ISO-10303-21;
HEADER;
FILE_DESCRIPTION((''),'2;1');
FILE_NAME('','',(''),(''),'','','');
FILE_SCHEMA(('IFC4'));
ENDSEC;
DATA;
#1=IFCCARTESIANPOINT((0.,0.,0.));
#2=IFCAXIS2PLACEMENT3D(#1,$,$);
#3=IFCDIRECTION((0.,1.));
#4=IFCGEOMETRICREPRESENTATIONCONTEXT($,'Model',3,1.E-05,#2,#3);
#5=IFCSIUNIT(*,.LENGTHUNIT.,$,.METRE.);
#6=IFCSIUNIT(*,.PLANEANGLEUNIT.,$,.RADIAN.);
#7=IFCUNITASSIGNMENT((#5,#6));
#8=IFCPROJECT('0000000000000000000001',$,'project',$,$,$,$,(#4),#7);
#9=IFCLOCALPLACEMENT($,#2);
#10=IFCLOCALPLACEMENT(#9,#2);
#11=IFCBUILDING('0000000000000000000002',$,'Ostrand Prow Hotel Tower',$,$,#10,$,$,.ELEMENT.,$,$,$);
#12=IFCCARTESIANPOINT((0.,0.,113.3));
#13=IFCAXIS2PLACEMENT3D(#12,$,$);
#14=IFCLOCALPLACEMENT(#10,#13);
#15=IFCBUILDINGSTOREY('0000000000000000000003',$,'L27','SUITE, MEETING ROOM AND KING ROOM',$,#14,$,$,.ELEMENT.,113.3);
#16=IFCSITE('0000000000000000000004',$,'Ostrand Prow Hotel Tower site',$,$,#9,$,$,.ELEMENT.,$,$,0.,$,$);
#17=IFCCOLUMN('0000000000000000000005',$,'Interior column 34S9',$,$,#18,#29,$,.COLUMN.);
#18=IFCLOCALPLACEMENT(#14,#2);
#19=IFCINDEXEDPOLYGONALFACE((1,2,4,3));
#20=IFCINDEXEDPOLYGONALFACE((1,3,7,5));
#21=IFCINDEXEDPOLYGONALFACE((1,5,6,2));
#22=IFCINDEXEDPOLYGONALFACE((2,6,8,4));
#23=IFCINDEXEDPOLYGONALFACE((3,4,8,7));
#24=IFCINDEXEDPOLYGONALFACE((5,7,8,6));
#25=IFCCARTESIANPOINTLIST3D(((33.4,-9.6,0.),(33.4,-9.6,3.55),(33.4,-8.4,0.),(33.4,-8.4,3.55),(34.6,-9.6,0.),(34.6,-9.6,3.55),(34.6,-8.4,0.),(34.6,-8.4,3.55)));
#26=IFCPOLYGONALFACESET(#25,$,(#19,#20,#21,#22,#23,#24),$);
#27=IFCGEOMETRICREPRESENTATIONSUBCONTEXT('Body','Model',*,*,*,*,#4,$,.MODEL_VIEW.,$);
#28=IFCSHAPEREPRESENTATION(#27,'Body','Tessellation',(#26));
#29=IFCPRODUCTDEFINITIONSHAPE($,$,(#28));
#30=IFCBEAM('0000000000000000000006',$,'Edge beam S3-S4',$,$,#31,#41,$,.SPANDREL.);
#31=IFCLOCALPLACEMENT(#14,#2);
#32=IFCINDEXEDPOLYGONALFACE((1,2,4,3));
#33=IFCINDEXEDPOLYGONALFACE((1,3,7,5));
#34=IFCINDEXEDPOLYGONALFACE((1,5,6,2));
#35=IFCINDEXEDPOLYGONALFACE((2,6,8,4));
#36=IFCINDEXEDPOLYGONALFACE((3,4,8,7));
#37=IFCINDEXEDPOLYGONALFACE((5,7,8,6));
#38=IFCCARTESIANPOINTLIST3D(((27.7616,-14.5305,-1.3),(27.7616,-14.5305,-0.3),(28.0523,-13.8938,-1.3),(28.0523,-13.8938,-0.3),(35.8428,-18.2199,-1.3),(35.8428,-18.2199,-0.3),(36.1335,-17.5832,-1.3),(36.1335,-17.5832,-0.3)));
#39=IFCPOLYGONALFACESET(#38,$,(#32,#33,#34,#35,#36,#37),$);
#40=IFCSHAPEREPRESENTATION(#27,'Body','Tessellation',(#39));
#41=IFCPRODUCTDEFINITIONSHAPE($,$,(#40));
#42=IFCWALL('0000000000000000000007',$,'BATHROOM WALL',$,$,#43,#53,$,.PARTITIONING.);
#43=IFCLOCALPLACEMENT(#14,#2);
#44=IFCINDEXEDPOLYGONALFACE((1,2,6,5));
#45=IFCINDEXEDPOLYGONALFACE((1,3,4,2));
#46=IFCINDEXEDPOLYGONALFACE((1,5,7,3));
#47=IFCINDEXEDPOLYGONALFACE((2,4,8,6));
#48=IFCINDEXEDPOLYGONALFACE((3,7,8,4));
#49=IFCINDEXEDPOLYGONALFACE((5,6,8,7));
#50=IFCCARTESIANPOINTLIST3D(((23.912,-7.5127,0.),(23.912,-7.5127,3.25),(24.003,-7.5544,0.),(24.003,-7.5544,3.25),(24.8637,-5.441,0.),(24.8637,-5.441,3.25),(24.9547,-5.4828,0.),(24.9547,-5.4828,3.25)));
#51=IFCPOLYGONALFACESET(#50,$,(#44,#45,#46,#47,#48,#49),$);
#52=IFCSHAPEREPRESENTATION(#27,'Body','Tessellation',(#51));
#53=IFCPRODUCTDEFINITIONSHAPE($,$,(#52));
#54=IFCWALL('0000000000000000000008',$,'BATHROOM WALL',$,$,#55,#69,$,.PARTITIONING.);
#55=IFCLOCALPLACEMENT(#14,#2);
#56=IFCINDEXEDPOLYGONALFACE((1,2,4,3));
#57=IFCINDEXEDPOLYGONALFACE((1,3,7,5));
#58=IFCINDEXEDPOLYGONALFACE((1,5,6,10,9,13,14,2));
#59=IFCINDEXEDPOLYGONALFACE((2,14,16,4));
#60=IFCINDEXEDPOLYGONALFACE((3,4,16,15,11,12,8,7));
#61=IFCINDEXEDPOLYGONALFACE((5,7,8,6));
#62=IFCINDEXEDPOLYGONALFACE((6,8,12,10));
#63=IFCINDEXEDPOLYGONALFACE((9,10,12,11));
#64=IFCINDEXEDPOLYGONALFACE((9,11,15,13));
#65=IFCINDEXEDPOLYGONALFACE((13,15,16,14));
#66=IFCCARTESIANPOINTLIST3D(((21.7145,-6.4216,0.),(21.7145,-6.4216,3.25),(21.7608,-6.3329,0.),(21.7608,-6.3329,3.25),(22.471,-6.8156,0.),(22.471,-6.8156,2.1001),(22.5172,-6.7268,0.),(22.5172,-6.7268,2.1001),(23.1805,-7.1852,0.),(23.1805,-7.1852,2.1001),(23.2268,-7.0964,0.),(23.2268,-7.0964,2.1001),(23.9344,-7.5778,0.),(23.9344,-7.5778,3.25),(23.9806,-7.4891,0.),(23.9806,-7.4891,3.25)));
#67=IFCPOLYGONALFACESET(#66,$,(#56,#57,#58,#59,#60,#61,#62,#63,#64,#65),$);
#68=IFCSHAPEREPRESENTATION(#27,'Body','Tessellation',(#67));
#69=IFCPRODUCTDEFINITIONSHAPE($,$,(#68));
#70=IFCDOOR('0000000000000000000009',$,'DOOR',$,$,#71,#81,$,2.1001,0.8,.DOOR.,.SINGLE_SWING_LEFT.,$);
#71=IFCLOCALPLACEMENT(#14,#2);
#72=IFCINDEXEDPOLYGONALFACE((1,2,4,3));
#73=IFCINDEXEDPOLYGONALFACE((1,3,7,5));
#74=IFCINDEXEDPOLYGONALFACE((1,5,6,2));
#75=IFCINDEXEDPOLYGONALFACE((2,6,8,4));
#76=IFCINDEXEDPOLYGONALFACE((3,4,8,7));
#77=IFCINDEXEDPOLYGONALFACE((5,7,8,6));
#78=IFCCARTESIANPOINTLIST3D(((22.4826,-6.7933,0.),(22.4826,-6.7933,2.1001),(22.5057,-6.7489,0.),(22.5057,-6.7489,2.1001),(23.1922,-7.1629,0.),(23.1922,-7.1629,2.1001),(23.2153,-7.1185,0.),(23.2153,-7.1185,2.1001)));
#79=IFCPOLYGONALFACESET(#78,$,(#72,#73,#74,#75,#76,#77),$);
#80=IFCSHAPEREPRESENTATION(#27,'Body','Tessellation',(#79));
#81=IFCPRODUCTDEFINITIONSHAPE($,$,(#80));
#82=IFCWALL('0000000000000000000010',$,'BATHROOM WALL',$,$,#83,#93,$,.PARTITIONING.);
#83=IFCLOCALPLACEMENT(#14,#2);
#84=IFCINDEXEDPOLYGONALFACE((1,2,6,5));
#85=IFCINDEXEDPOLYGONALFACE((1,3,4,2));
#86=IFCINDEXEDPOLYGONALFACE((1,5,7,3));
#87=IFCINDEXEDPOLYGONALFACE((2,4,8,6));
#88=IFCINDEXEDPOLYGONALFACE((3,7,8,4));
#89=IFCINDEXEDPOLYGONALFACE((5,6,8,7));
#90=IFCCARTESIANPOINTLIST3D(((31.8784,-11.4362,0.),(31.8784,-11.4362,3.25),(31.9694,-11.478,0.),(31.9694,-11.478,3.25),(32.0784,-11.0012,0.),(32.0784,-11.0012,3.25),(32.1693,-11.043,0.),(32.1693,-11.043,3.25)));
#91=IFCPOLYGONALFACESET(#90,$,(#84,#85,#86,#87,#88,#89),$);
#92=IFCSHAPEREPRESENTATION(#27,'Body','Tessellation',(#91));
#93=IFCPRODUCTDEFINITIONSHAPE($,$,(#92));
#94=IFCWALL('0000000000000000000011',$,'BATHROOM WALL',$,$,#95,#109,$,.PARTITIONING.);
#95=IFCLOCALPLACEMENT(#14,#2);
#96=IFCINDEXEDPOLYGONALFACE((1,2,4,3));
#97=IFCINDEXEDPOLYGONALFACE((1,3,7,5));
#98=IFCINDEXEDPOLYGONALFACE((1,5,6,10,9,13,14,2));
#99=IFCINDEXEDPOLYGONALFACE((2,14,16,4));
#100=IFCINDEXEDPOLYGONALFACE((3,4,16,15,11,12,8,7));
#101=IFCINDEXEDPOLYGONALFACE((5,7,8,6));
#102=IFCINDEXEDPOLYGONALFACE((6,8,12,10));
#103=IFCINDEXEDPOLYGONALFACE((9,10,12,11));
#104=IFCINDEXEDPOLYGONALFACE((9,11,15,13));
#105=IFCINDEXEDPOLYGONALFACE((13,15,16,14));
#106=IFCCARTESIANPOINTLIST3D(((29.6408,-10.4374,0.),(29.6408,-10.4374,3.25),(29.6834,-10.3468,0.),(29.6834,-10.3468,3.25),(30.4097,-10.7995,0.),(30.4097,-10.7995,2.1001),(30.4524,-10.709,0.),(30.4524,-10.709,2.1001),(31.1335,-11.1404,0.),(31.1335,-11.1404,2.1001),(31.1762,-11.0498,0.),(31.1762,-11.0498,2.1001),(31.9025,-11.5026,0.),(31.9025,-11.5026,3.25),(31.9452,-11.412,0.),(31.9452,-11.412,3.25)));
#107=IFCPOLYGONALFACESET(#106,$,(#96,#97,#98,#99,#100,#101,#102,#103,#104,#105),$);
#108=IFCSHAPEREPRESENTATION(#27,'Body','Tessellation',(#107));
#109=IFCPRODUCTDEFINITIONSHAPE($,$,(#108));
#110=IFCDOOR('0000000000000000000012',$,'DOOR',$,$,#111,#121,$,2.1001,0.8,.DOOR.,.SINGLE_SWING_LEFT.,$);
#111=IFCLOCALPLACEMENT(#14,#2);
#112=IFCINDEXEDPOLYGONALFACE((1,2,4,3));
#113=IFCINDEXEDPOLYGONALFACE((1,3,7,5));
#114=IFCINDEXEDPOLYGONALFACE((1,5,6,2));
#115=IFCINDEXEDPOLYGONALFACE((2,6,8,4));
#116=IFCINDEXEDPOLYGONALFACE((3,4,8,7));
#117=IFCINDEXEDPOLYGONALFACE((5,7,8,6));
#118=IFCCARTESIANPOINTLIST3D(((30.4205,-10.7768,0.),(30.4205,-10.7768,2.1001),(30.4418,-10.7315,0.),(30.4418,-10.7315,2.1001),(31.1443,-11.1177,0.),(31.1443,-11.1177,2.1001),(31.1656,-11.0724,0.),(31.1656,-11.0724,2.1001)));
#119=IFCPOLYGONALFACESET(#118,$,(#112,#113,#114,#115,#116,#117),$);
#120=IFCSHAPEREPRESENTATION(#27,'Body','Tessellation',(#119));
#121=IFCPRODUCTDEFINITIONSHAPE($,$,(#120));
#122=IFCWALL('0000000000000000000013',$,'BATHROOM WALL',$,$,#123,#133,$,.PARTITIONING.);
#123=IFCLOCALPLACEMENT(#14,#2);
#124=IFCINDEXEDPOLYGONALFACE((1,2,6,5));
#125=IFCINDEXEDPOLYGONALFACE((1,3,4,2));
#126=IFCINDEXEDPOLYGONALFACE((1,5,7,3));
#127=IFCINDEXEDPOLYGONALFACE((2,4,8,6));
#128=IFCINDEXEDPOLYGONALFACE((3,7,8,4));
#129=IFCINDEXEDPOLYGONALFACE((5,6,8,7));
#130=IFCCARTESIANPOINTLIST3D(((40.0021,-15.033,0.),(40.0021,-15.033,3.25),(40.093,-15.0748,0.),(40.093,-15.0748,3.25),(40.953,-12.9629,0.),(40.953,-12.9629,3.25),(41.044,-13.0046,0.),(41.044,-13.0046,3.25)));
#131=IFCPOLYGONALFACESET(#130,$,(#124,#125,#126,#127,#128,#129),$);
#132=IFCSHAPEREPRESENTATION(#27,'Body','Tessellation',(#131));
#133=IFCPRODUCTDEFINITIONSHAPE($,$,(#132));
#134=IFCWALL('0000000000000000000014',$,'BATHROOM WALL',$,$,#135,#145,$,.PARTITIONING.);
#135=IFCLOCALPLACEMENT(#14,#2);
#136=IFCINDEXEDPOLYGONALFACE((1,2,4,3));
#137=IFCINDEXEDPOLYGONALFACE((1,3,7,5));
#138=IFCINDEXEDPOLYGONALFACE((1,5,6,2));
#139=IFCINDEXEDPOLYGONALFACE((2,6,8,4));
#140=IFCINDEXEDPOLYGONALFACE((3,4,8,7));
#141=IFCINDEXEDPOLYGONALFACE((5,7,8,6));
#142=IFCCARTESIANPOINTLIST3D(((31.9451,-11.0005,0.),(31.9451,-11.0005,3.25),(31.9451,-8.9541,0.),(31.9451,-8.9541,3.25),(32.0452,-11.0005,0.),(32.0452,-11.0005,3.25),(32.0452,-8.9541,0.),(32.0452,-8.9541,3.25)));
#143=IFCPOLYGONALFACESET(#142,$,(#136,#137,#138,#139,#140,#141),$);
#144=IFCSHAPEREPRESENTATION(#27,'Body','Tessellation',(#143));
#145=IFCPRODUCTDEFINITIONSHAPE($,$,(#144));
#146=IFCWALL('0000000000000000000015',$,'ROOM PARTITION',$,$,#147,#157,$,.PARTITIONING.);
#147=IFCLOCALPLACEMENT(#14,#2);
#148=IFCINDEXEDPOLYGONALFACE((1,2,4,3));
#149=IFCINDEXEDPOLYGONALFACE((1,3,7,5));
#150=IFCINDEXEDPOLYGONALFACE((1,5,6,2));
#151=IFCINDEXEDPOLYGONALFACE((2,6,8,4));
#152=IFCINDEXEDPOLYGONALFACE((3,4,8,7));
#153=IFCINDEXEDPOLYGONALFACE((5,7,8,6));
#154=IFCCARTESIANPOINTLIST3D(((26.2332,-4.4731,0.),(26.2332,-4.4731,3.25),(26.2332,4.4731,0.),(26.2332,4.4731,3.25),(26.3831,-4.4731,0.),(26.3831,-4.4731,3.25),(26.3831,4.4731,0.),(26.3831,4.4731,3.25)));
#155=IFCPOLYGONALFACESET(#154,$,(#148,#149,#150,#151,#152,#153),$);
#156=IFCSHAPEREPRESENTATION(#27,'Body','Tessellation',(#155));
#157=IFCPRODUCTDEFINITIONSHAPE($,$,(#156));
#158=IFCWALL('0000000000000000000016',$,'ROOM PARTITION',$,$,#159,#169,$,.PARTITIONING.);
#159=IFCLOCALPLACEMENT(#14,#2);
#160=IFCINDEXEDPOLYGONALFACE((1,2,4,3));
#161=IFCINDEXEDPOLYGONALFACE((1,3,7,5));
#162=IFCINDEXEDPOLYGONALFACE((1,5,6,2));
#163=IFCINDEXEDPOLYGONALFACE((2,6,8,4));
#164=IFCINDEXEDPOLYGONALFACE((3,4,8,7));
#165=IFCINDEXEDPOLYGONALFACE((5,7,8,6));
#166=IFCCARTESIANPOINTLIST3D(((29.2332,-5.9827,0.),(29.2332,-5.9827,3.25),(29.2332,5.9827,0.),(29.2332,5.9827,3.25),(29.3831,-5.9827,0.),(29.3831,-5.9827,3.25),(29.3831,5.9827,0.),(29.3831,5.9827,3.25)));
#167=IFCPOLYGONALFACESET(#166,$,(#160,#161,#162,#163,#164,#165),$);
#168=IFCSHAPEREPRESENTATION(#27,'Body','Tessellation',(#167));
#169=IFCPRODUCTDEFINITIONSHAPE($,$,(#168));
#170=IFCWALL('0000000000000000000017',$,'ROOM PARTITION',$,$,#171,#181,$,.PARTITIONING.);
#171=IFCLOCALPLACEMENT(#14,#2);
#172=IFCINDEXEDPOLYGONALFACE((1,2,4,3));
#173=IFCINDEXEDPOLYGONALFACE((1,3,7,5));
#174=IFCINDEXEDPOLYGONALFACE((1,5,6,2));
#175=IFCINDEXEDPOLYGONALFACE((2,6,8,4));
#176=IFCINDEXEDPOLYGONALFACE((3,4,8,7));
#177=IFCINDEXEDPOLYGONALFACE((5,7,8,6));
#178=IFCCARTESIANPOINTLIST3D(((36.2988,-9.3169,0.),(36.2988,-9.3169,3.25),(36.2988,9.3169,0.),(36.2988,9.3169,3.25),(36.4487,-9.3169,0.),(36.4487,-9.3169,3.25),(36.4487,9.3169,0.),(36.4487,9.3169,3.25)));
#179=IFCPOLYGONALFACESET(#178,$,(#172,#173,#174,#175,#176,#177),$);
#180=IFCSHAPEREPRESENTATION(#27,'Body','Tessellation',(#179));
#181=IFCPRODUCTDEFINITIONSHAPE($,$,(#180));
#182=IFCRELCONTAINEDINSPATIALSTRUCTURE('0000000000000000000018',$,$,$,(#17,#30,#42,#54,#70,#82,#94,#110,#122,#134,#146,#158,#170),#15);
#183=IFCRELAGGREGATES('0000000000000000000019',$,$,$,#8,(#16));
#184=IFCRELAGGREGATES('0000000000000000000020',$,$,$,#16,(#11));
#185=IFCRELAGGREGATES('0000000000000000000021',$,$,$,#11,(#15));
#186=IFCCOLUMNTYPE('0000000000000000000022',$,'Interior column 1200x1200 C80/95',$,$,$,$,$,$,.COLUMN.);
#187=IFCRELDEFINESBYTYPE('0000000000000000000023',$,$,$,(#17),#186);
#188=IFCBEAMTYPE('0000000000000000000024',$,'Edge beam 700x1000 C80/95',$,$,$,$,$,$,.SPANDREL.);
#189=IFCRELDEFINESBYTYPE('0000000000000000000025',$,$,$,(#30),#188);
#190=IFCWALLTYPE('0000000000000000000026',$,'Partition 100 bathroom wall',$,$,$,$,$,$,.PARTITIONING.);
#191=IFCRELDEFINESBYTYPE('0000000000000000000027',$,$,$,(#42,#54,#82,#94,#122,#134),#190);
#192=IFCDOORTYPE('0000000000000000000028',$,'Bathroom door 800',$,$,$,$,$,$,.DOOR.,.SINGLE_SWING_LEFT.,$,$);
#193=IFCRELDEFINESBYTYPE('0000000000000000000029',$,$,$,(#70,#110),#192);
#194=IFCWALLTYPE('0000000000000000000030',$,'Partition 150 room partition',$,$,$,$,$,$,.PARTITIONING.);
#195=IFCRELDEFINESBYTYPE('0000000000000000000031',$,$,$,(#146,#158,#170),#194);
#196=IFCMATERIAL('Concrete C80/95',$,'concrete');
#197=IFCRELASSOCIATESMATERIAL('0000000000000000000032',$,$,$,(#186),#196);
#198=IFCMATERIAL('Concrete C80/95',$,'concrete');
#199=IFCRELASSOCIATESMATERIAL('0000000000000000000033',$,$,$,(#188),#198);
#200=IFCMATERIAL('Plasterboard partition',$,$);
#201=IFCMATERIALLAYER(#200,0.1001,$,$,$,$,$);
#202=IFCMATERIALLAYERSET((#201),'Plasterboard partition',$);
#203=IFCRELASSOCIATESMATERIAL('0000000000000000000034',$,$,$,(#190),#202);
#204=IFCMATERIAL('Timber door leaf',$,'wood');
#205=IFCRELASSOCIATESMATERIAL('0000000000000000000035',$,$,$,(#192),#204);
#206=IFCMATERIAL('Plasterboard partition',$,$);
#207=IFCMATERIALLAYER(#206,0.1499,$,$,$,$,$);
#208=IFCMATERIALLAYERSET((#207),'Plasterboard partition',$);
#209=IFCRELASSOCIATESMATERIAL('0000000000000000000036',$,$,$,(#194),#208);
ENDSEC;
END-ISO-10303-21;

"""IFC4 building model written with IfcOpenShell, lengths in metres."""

from ifc_helpers import new_model, si_unit, direction, frame, frame_2d, origin, origin_2d, place, context, subcontext, project, spatial, rectangle, extrude, material, layer, layer_set, material_profile, profile_set, type_object, element, fill, save


model = new_model("IFC4")

# Units and contexts
model_context = context("Model", 3, precision=1e-05, world=origin(), true_north=direction((0.0, 1.0)))
body_context = subcontext(model_context, "Body", "Model", "MODEL_VIEW")
ifc_project = project(units=[si_unit("LENGTHUNIT", "METRE"), si_unit("PLANEANGLEUNIT", "RADIAN")], contexts=[model_context])

# Site, building, storey
site_placement = place(None, origin())
site = spatial("IfcSite", under=ifc_project, at=site_placement, Name="Ostrand Prow Hotel Tower site", CompositionType="ELEMENT", RefElevation=0.0)
building_placement = place(site_placement, origin())
building = spatial("IfcBuilding", under=site, at=building_placement, Name="Ostrand Prow Hotel Tower", CompositionType="ELEMENT")
storey_placement = place(building_placement, frame((0.0, 0.0, 113.3)))
storey = spatial("IfcBuildingStorey", under=building, at=storey_placement, Name="L27", Description="SUITE, MEETING ROOM AND KING ROOM", CompositionType="ELEMENT", Elevation=113.3)

# Column
ifc_material_1 = material(Name="Concrete C80/95", Category="concrete")
ifc_material_profile_1 = material_profile(ifc_material_1, rectangle(XDim=1.2, YDim=1.2, at=origin_2d()), Name="RC 1200x1200")
ifc_profile_set_1 = profile_set([ifc_material_profile_1], Name="Concrete C80/95")
column_type = type_object("IfcColumnType", Name="Interior column 1200x1200 C80/95", PredefinedType="COLUMN", material=ifc_profile_set_1)
column_placement = place(storey_placement, frame((34.0, -9.0, 0.0), z_axis=(0.0, 0.0, 1.0), x_axis=(1.0, 0.0, 0.0)))
element("IfcColumn", 1, at=column_placement, inside=storey, type_object=column_type, Name="Interior column 34S9", PredefinedType="COLUMN", context=body_context, shape_type="SweptSolid", body=[
    extrude(rectangle(XDim=1.2, YDim=1.2, at=origin_2d()), origin(), (0.0, 0.0, 1.0), 3.55),
])

# Beam
ifc_material_2 = material(Name="Concrete C80/95", Category="concrete")
ifc_material_profile_2 = material_profile(ifc_material_2, rectangle(XDim=0.7, YDim=1.0, at=origin_2d()), Name="RC 700x1000")
ifc_profile_set_2 = profile_set([ifc_material_profile_2], Name="Concrete C80/95")
beam_type = type_object("IfcBeamType", Name="Edge beam 700x1000 C80/95", PredefinedType="SPANDREL", material=ifc_profile_set_2)
beam_placement = place(storey_placement, frame((27.907, -14.2122, -0.8), z_axis=(0.909681, -0.415308, 0.0), x_axis=(0.415308, 0.909681, 0.0)))
element("IfcBeam", 2, at=beam_placement, inside=storey, type_object=beam_type, Name="Edge beam S3-S4", PredefinedType="SPANDREL", context=body_context, shape_type="SweptSolid", body=[
    extrude(rectangle(XDim=0.7, YDim=1.0, at=origin_2d()), origin(), (0.0, 0.0, 1.0), 8.8835),
])

# Wall
ifc_material_3 = material(Name="Plasterboard partition")
ifc_layer_1 = layer(ifc_material_3, 0.1001)
ifc_layer_set_1 = layer_set([ifc_layer_1], Name="Plasterboard partition")
wall_type_1 = type_object("IfcWallType", Name="Partition 100 bathroom wall", PredefinedType="PARTITIONING", material=ifc_layer_set_1)
wall_1_placement = place(storey_placement, frame((24.9092, -5.4619, 0.0), z_axis=(0.0, 0.0, 1.0), x_axis=(-0.417455, -0.908698, 0.0)))
element("IfcWall", 3, at=wall_1_placement, inside=storey, type_object=wall_type_1, Name="BATHROOM WALL", PredefinedType="PARTITIONING", context=body_context, shape_type="SweptSolid", body=[
    extrude(rectangle(XDim=2.2798, YDim=0.1001, at=frame_2d((1.1399, 0.0))), origin(), (0.0, 0.0, 1.0), 3.25),
])

# Wall, opening, door
wall_2_placement = place(storey_placement, frame((23.9575, -7.5334, 0.0), z_axis=(0.0, 0.0, 1.0), x_axis=(-0.886912, 0.461939, 0.0)))
wall_2 = element("IfcWall", 4, at=wall_2_placement, inside=storey, type_object=wall_type_1, Name="BATHROOM WALL", PredefinedType="PARTITIONING", context=body_context, shape_type="SweptSolid", body=[
    extrude(rectangle(XDim=2.5029, YDim=0.1001, at=frame_2d((1.2515, 0.0))), origin(), (0.0, 0.0, 1.0), 3.25),
])
opening_1_placement = place(wall_2_placement, frame((0.8501, 0.0, 0.0)))
opening_1 = element("IfcOpeningElement", 5, at=opening_1_placement, cuts=wall_2, PredefinedType="OPENING", context=body_context, shape_type="SweptSolid", body=[
    extrude(rectangle(XDim=0.8, YDim=2.1001, at=frame_2d((0.3999, 1.05))), frame((0.0, 0.0601, 0.0), z_axis=(0.0, -1.0, 0.0), x_axis=(1.0, 0.0, 0.0)), (0.0, 0.0, 1.0), 0.1201),
])
ifc_material_4 = material(Name="Timber door leaf", Category="wood")
door_type_1 = type_object("IfcDoorType", Name="Bathroom door 800", OperationType="SINGLE_SWING_LEFT", PredefinedType="DOOR", material=ifc_material_4)
door_1_placement = place(opening_1_placement, origin())
door_1 = element("IfcDoor", 6, at=door_1_placement, inside=storey, type_object=door_type_1, Name="DOOR", OperationType="SINGLE_SWING_LEFT", OverallHeight=2.1001, OverallWidth=0.8, PredefinedType="DOOR", context=body_context, shape_type="SweptSolid", body=[
    extrude(rectangle(XDim=0.8, YDim=2.1001, at=frame_2d((0.3999, 1.05))), frame((0.0, 0.0249, 0.0), z_axis=(0.0, -1.0, 0.0), x_axis=(1.0, 0.0, 0.0)), (0.0, 0.0, 1.0), 0.05),
])
fill(opening_1, door_1)

# Wall
wall_3_placement = place(storey_placement, frame((32.1238, -11.0222, 0.0), z_axis=(0.0, 0.0, 1.0), x_axis=(-0.417603, -0.90863, 0.0)))
element("IfcWall", 7, at=wall_3_placement, inside=storey, type_object=wall_type_1, Name="BATHROOM WALL", PredefinedType="PARTITIONING", context=body_context, shape_type="SweptSolid", body=[
    extrude(rectangle(XDim=0.4788, YDim=0.1001, at=frame_2d((0.2393, 0.0))), origin(), (0.0, 0.0, 1.0), 3.25),
])

# Wall, opening, door
wall_4_placement = place(storey_placement, frame((31.9238, -11.4573, 0.0), z_axis=(0.0, 0.0, 1.0), x_axis=(-0.904688, 0.426074, 0.0)))
wall_4 = element("IfcWall", 8, at=wall_4_placement, inside=storey, type_object=wall_type_1, Name="BATHROOM WALL", PredefinedType="PARTITIONING", context=body_context, shape_type="SweptSolid", body=[
    extrude(rectangle(XDim=2.5, YDim=0.1001, at=frame_2d((1.25, 0.0))), origin(), (0.0, 0.0, 1.0), 3.25),
])
opening_2_placement = place(wall_4_placement, frame((0.8501, 0.0, 0.0)))
opening_2 = element("IfcOpeningElement", 9, at=opening_2_placement, cuts=wall_4, PredefinedType="OPENING", context=body_context, shape_type="SweptSolid", body=[
    extrude(rectangle(XDim=0.8, YDim=2.1001, at=frame_2d((0.3999, 1.05))), frame((0.0, 0.0601, 0.0), z_axis=(0.0, -1.0, 0.0), x_axis=(1.0, 0.0, 0.0)), (0.0, 0.0, 1.0), 0.1201),
])
door_2_placement = place(opening_2_placement, origin())
door_2 = element("IfcDoor", 10, at=door_2_placement, inside=storey, type_object=door_type_1, Name="DOOR", OperationType="SINGLE_SWING_LEFT", OverallHeight=2.1001, OverallWidth=0.8, PredefinedType="DOOR", context=body_context, shape_type="SweptSolid", body=[
    extrude(rectangle(XDim=0.8, YDim=2.1001, at=frame_2d((0.3999, 1.05))), frame((0.0, 0.0249, 0.0), z_axis=(0.0, -1.0, 0.0), x_axis=(1.0, 0.0, 0.0)), (0.0, 0.0, 1.0), 0.05),
])
fill(opening_2, door_2)

# Walls
wall_5_placement = place(storey_placement, frame((40.9985, -12.9836, 0.0), z_axis=(0.0, 0.0, 1.0), x_axis=(-0.417433, -0.908708, 0.0)))
element("IfcWall", 11, at=wall_5_placement, inside=storey, type_object=wall_type_1, Name="BATHROOM WALL", PredefinedType="PARTITIONING", context=body_context, shape_type="SweptSolid", body=[
    extrude(rectangle(XDim=2.2781, YDim=0.1001, at=frame_2d((1.1392, 0.0))), origin(), (0.0, 0.0, 1.0), 3.25),
])
wall_6_placement = place(storey_placement, frame((31.9951, -8.9541, 0.0), z_axis=(0.0, 0.0, 1.0), x_axis=(0.0, -1.0, 0.0)))
element("IfcWall", 12, at=wall_6_placement, inside=storey, type_object=wall_type_1, Name="BATHROOM WALL", PredefinedType="PARTITIONING", context=body_context, shape_type="SweptSolid", body=[
    extrude(rectangle(XDim=2.0464, YDim=0.1001, at=frame_2d((1.0232, 0.0))), origin(), (0.0, 0.0, 1.0), 3.25),
])
ifc_material_5 = material(Name="Plasterboard partition")
ifc_layer_2 = layer(ifc_material_5, 0.1499)
ifc_layer_set_2 = layer_set([ifc_layer_2], Name="Plasterboard partition")
wall_type_2 = type_object("IfcWallType", Name="Partition 150 room partition", PredefinedType="PARTITIONING", material=ifc_layer_set_2)
wall_7_placement = place(storey_placement, frame((26.3081, -4.4731, 0.0), z_axis=(0.0, 0.0, 1.0), x_axis=(0.0, 1.0, 0.0)))
element("IfcWall", 13, at=wall_7_placement, inside=storey, type_object=wall_type_2, Name="ROOM PARTITION", PredefinedType="PARTITIONING", context=body_context, shape_type="SweptSolid", body=[
    extrude(rectangle(XDim=8.9463, YDim=0.1499, at=frame_2d((4.4731, 0.0))), origin(), (0.0, 0.0, 1.0), 3.25),
])
wall_8_placement = place(storey_placement, frame((29.3081, -5.9827, 0.0), z_axis=(0.0, 0.0, 1.0), x_axis=(0.0, 1.0, 0.0)))
element("IfcWall", 14, at=wall_8_placement, inside=storey, type_object=wall_type_2, Name="ROOM PARTITION", PredefinedType="PARTITIONING", context=body_context, shape_type="SweptSolid", body=[
    extrude(rectangle(XDim=11.9653, YDim=0.1499, at=frame_2d((5.9827, 0.0))), origin(), (0.0, 0.0, 1.0), 3.25),
])
wall_9_placement = place(storey_placement, frame((36.3738, -9.3169, 0.0), z_axis=(0.0, 0.0, 1.0), x_axis=(0.0, 1.0, 0.0)))
element("IfcWall", 15, at=wall_9_placement, inside=storey, type_object=wall_type_2, Name="ROOM PARTITION", PredefinedType="PARTITIONING", context=body_context, shape_type="SweptSolid", body=[
    extrude(rectangle(XDim=18.6338, YDim=0.1499, at=frame_2d((9.3169, 0.0))), origin(), (0.0, 0.0, 1.0), 3.25),
])

save(model, "model.ifc")
